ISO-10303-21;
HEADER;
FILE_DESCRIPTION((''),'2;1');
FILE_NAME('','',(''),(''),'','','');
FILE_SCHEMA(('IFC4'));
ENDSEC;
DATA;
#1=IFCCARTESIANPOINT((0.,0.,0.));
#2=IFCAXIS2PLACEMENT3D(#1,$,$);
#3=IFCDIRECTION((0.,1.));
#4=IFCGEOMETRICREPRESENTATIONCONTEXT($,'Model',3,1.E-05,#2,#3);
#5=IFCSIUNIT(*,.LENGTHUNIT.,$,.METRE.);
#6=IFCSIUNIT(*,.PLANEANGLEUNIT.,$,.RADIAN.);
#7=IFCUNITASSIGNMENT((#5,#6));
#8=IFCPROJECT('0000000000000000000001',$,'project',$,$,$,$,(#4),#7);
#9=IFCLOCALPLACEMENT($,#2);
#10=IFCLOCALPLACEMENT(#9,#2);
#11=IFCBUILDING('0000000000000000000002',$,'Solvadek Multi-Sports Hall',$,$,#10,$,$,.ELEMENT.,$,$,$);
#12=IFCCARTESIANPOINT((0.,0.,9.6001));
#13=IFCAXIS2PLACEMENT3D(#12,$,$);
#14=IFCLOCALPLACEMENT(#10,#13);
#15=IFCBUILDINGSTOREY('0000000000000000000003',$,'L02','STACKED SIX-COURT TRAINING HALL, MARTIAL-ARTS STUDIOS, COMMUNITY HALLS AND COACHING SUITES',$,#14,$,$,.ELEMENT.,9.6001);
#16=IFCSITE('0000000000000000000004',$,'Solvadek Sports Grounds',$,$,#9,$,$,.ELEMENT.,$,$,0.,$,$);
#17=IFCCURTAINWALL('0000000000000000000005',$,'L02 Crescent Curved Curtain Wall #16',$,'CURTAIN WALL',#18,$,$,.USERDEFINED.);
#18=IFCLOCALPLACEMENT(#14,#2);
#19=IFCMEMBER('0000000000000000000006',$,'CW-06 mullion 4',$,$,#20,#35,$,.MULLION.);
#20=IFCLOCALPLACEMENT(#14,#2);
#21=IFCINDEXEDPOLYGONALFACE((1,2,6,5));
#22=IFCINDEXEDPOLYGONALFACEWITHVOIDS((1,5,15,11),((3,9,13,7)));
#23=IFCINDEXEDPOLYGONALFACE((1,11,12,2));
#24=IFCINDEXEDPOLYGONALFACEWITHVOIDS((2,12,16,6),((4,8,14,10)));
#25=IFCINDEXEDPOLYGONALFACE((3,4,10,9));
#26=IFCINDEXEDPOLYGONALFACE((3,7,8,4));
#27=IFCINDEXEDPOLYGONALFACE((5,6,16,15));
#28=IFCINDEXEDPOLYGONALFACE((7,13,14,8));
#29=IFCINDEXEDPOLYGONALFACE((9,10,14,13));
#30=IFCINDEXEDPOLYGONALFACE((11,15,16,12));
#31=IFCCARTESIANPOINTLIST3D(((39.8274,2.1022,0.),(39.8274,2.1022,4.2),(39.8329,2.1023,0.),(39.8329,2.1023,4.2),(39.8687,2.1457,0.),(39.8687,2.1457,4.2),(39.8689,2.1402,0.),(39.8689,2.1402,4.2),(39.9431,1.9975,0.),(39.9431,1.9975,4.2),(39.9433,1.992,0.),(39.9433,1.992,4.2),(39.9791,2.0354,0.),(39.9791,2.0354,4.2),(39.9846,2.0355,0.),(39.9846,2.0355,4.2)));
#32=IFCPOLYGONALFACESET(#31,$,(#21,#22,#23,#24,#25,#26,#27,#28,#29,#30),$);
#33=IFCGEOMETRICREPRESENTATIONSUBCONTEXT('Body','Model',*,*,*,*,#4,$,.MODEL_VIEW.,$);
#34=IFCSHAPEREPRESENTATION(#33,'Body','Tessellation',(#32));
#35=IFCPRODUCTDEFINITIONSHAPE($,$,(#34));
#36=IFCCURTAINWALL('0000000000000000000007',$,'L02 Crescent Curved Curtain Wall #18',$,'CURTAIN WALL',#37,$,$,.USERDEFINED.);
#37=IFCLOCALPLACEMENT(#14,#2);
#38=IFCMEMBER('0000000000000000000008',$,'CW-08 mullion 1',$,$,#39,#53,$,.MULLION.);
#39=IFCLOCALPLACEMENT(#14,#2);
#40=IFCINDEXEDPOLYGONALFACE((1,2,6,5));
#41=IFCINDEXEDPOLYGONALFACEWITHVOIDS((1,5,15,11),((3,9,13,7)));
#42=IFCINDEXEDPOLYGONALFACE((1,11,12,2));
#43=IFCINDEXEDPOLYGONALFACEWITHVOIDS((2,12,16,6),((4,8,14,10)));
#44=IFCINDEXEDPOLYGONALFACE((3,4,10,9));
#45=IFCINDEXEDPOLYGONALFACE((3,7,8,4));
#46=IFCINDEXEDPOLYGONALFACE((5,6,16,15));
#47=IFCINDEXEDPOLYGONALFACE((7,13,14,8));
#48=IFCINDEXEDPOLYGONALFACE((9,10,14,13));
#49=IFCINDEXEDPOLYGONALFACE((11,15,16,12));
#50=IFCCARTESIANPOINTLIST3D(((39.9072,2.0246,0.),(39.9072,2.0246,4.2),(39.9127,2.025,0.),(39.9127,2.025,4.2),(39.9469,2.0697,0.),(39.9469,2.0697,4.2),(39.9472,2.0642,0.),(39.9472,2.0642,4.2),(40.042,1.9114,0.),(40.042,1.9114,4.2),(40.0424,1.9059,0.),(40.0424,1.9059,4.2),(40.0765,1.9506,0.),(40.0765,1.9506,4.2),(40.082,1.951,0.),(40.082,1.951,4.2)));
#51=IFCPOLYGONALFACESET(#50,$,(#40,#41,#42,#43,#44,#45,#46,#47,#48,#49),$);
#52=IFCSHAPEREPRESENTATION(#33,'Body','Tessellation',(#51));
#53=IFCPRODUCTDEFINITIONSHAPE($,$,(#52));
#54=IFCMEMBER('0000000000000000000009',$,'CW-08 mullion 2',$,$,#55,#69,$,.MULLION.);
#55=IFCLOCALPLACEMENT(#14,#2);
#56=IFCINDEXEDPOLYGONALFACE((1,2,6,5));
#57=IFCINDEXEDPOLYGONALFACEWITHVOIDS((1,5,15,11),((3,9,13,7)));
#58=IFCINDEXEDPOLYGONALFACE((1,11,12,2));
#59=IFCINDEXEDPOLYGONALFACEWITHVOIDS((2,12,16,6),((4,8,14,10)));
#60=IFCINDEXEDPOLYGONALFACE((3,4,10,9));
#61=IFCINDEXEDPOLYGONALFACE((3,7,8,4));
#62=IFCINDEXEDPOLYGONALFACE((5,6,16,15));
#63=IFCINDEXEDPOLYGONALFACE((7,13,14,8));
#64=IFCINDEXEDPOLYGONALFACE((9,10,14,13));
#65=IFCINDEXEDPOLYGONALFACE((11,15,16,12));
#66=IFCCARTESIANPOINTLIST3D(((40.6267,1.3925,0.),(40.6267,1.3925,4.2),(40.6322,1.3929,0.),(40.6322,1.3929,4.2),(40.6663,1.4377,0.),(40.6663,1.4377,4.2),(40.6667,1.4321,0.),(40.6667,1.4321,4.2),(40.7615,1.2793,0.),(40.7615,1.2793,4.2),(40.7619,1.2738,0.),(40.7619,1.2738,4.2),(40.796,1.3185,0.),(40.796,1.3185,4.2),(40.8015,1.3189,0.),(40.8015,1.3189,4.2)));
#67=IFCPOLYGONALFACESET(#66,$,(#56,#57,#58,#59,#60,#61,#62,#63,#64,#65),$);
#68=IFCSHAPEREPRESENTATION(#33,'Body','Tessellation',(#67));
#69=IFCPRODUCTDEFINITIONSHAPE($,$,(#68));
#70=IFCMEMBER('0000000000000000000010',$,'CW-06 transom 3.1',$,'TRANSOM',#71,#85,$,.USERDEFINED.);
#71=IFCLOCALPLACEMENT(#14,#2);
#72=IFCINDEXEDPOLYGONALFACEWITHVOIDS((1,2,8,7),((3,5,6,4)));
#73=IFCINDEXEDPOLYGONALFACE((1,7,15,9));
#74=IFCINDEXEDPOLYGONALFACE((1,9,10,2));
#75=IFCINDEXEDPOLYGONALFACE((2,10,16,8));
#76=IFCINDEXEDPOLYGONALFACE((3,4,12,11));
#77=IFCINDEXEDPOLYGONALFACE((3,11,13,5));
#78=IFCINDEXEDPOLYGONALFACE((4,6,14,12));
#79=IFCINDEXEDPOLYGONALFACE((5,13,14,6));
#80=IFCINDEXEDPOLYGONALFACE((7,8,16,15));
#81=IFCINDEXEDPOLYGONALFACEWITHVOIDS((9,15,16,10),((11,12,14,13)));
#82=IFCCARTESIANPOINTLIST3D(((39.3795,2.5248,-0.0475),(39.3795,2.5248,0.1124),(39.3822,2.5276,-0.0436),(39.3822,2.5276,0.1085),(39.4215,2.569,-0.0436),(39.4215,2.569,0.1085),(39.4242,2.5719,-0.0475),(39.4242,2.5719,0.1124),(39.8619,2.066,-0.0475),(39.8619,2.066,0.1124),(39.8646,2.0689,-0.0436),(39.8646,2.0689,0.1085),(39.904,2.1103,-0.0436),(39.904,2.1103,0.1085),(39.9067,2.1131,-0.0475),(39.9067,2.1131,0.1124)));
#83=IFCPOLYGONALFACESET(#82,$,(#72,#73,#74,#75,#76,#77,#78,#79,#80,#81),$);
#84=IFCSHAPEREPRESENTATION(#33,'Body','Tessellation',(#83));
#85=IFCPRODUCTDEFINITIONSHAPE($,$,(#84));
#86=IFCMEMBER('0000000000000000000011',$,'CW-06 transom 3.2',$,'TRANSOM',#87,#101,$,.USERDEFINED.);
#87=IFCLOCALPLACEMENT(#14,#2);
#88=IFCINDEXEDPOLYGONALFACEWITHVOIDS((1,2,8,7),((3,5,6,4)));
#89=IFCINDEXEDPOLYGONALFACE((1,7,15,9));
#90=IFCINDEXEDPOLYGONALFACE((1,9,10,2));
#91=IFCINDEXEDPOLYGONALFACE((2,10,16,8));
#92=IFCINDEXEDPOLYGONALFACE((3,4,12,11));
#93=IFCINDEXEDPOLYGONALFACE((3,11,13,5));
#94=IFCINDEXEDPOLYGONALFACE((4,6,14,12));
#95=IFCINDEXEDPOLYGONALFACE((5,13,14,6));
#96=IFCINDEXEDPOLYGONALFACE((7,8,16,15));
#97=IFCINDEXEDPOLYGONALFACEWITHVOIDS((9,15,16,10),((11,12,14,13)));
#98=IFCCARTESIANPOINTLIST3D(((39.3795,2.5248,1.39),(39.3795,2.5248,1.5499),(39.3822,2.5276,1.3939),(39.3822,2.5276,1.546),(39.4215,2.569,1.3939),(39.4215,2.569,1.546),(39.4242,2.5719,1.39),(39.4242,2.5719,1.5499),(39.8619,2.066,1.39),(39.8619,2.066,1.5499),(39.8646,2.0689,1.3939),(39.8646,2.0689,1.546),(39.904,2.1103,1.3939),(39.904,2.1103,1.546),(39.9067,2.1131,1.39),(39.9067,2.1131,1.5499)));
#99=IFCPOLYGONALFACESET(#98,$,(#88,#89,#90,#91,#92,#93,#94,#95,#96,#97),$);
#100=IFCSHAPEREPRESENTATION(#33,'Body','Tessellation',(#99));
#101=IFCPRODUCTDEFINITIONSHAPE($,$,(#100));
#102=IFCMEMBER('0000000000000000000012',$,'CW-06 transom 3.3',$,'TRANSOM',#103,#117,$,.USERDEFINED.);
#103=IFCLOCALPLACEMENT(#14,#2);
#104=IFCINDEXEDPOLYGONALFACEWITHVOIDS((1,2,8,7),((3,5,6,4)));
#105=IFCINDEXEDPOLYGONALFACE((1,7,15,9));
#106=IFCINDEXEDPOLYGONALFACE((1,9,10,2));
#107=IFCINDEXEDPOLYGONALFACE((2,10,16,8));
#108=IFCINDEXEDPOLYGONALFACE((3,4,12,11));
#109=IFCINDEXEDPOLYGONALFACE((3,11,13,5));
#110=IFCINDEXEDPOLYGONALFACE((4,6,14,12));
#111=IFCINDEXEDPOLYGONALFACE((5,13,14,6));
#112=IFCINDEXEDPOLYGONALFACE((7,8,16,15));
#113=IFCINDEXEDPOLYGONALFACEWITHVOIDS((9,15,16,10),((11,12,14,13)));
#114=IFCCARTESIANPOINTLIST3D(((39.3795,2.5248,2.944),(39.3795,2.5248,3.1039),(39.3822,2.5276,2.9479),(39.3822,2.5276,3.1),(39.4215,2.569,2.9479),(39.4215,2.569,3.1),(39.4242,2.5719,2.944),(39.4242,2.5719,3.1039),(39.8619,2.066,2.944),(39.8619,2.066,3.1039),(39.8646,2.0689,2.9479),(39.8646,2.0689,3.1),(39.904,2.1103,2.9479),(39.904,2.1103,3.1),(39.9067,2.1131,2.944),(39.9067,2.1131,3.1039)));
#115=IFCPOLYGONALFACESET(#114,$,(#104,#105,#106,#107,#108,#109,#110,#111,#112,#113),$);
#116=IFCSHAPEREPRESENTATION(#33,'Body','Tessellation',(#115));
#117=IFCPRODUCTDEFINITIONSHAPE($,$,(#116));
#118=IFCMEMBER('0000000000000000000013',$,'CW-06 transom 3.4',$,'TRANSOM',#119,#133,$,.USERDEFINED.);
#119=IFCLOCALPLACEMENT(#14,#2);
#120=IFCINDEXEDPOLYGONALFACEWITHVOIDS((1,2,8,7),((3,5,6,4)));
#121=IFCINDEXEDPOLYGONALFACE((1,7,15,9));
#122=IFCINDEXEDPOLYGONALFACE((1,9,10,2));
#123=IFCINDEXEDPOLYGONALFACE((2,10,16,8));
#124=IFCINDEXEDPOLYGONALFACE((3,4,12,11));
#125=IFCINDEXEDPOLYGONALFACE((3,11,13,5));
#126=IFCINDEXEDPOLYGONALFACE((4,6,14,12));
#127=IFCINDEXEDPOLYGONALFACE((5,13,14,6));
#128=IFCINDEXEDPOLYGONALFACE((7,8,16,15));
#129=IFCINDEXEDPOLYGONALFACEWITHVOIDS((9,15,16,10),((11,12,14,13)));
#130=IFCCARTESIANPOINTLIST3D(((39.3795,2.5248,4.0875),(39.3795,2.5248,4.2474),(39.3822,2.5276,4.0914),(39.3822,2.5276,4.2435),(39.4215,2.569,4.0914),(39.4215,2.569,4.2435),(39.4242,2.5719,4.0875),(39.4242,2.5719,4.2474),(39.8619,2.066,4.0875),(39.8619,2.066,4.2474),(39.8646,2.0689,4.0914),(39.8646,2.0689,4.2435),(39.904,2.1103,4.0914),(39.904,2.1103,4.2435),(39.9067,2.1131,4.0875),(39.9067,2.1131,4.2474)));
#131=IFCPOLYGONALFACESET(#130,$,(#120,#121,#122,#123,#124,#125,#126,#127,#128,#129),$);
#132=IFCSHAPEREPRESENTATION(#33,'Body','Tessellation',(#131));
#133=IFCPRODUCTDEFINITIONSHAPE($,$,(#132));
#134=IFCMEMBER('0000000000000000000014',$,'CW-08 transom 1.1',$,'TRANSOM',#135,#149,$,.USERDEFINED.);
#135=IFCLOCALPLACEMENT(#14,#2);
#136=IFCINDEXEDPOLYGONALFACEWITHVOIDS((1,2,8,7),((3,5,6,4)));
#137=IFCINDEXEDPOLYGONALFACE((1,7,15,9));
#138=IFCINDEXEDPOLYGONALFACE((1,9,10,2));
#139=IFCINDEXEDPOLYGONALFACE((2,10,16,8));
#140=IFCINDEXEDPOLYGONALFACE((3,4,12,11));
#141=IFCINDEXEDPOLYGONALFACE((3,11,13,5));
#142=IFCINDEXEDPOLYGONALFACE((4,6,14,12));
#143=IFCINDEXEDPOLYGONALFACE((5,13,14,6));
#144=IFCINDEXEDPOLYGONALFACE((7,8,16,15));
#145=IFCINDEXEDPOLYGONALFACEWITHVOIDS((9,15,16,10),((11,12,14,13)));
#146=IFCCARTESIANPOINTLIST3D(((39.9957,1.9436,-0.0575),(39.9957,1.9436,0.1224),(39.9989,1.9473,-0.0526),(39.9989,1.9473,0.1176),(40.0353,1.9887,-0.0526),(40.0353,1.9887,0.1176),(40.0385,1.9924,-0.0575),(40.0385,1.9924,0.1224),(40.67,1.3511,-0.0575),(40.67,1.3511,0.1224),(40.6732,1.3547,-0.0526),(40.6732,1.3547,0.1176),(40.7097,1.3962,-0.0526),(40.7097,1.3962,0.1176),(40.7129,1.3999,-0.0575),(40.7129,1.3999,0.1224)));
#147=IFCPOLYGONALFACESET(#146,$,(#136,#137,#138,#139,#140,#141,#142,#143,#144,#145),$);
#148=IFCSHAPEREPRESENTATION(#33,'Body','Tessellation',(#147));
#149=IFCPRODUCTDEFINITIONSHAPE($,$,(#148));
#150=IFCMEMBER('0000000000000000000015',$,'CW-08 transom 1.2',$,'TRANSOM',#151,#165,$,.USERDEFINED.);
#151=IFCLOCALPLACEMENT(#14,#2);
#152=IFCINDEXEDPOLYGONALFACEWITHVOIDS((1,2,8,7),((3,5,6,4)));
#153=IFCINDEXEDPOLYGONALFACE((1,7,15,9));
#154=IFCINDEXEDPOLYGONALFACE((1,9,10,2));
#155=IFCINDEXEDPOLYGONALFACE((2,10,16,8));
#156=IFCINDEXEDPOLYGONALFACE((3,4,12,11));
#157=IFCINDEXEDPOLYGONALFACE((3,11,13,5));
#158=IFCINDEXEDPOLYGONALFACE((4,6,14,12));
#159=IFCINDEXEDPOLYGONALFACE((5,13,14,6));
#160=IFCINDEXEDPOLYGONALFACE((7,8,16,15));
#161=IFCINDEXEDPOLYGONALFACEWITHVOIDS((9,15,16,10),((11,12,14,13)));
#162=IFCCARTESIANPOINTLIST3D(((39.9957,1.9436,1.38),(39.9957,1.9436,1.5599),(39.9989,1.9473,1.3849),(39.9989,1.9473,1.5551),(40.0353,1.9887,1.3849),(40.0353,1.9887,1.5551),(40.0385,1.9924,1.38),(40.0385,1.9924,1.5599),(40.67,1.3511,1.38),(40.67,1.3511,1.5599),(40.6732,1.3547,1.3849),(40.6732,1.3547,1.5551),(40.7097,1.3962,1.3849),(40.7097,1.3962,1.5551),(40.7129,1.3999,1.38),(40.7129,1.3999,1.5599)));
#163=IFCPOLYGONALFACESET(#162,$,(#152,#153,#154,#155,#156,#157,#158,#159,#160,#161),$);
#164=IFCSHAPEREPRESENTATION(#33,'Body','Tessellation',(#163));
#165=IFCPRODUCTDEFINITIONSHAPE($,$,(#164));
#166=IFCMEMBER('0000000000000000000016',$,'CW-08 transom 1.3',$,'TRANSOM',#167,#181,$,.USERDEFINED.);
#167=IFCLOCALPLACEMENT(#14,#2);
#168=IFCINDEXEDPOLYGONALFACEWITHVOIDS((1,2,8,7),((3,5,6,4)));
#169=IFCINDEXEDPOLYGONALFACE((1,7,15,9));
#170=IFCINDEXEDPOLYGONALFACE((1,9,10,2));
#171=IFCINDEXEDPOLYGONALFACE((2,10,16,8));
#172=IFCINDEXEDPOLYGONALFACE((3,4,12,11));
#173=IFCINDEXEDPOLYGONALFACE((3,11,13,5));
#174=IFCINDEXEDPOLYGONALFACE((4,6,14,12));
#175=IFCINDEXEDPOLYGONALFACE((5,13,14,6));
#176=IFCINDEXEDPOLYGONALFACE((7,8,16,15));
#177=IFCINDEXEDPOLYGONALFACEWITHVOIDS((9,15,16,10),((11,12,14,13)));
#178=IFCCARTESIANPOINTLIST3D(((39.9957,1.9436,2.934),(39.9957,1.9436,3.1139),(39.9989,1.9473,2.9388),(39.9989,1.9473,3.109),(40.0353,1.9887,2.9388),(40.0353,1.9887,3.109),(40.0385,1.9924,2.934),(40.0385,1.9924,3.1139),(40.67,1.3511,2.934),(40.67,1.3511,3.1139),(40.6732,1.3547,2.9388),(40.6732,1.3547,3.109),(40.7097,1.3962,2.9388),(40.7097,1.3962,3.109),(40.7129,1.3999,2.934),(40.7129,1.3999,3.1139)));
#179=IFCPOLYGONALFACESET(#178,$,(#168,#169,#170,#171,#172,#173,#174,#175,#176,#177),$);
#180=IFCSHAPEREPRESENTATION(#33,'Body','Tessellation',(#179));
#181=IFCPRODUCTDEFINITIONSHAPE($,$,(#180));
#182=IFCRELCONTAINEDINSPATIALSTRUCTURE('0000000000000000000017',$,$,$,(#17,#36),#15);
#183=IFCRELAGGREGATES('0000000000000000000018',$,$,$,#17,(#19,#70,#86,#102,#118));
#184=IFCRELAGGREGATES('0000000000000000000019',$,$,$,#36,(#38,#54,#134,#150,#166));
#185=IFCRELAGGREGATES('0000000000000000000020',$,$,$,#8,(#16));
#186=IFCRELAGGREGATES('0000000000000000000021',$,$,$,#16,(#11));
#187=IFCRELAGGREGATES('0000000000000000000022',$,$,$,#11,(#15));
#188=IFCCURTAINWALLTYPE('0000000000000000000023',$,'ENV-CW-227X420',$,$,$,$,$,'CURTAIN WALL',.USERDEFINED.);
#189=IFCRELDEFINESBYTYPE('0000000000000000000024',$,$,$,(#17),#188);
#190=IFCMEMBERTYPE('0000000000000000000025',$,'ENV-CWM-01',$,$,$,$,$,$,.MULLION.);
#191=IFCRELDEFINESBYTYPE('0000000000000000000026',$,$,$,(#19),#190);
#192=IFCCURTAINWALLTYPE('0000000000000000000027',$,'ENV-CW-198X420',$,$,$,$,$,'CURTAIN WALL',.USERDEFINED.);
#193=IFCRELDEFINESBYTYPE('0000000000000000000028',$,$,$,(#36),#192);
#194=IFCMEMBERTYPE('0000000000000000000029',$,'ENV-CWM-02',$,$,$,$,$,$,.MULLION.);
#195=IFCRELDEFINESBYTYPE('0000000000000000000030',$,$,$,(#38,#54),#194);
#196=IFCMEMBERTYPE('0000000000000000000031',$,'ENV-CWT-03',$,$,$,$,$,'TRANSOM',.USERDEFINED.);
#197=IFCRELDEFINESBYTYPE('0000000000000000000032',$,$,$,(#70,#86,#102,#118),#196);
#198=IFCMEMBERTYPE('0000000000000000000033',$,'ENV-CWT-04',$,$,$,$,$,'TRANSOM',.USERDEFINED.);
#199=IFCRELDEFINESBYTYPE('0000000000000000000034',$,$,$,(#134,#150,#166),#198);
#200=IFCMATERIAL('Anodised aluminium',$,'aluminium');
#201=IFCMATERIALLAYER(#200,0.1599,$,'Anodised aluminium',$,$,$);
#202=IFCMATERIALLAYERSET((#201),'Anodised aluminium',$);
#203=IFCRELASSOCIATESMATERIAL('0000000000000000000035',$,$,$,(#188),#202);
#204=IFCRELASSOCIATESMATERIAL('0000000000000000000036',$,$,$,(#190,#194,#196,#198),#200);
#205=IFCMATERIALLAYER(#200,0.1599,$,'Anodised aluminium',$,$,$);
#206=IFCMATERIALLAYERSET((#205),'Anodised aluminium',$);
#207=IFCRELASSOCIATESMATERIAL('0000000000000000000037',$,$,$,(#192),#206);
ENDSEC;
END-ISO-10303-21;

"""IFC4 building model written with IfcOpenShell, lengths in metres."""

from ifc_helpers import new_model, si_unit, direction, frame, origin, origin_2d, place, context, subcontext, project, spatial, hollow_rectangle, extrude, material, layer, layer_set, material_profile, profile_set, type_object, element, aggregate, save


model = new_model("IFC4")

# Units and contexts
model_context = context("Model", 3, precision=1e-05, world=origin(), true_north=direction((0.0, 1.0)))
body_context = subcontext(model_context, "Body", "Model", "MODEL_VIEW")
ifc_project = project(units=[si_unit("LENGTHUNIT", "METRE"), si_unit("PLANEANGLEUNIT", "RADIAN")], contexts=[model_context])

# Site, building, storey
site_placement = place(None, origin())
site = spatial("IfcSite", under=ifc_project, at=site_placement, Name="Solvadek Sports Grounds", CompositionType="ELEMENT", RefElevation=0.0)
building_placement = place(site_placement, origin())
building = spatial("IfcBuilding", under=site, at=building_placement, Name="Solvadek Multi-Sports Hall", CompositionType="ELEMENT")
storey_placement = place(building_placement, frame((0.0, 0.0, 9.6001)))
storey = spatial("IfcBuildingStorey", under=building, at=storey_placement, Name="L02", Description="STACKED SIX-COURT TRAINING HALL, MARTIAL-ARTS STUDIOS, COMMUNITY HALLS AND COACHING SUITES", CompositionType="ELEMENT", Elevation=9.6001)

# Curtain wall, member
ifc_material_1 = material(Name="Anodised aluminium", Category="aluminium")
ifc_layer_1 = layer(ifc_material_1, 0.1599, Name="Anodised aluminium")
ifc_layer_set_1 = layer_set([ifc_layer_1], Name="Anodised aluminium")
curtain_wall_type_1 = type_object("IfcCurtainWallType", Name="ENV-CW-227X420", ElementType="CURTAIN WALL", PredefinedType="USERDEFINED", material=ifc_layer_set_1)
curtain_wall_1_placement = place(storey_placement, origin())
curtain_wall_1 = element("IfcCurtainWall", 1, at=curtain_wall_1_placement, inside=storey, type_object=curtain_wall_type_1, Name="L02 Crescent Curved Curtain Wall #16", ObjectType="CURTAIN WALL", PredefinedType="USERDEFINED")
ifc_material_profile_1 = material_profile(ifc_material_1, hollow_rectangle(XDim=0.0601, YDim=0.1599, WallThickness=0.0039, at=origin_2d()), Name="ALU-M 160x60x4")
ifc_profile_set_1 = profile_set([ifc_material_profile_1], Name="Anodised aluminium")
member_type_1 = type_object("IfcMemberType", Name="ENV-CWM-01", PredefinedType="MULLION", material=ifc_profile_set_1)
member_1_placement = place(storey_placement, frame((39.906, 2.0688, 0.0), z_axis=(0.0, 0.0, 1.0), x_axis=(0.688997, 0.724764, 0.0)))
member_1 = element("IfcMember", 2, at=member_1_placement, type_object=member_type_1, Name="CW-06 mullion 4", PredefinedType="MULLION", context=body_context, shape_type="SweptSolid", body=[
    extrude(hollow_rectangle(XDim=0.0601, YDim=0.1599, WallThickness=0.0039, at=origin_2d()), origin(), (0.0, 0.0, 1.0), 4.2),
])

# Curtain wall, members
ifc_layer_2 = layer(ifc_material_1, 0.1599, Name="Anodised aluminium")
ifc_layer_set_2 = layer_set([ifc_layer_2], Name="Anodised aluminium")
curtain_wall_type_2 = type_object("IfcCurtainWallType", Name="ENV-CW-198X420", ElementType="CURTAIN WALL", PredefinedType="USERDEFINED", material=ifc_layer_set_2)
curtain_wall_2_placement = place(storey_placement, origin())
curtain_wall_2 = element("IfcCurtainWall", 3, at=curtain_wall_2_placement, inside=storey, type_object=curtain_wall_type_2, Name="L02 Crescent Curved Curtain Wall #18", ObjectType="CURTAIN WALL", PredefinedType="USERDEFINED")
ifc_material_profile_2 = material_profile(ifc_material_1, hollow_rectangle(XDim=0.0601, YDim=0.1799, WallThickness=0.0039, at=origin_2d()), Name="ALU-M 180x60x4")
ifc_profile_set_2 = profile_set([ifc_material_profile_2], Name="Anodised aluminium")
member_type_2 = type_object("IfcMemberType", Name="ENV-CWM-02", PredefinedType="MULLION", material=ifc_profile_set_2)
member_2_placement = place(storey_placement, frame((39.9946, 1.9878, 0.0), z_axis=(0.0, 0.0, 1.0), x_axis=(0.660055, 0.751217, 0.0)))
member_2 = element("IfcMember", 4, at=member_2_placement, type_object=member_type_2, Name="CW-08 mullion 1", PredefinedType="MULLION", context=body_context, shape_type="SweptSolid", body=[
    extrude(hollow_rectangle(XDim=0.0601, YDim=0.1799, WallThickness=0.0039, at=origin_2d()), origin(), (0.0, 0.0, 1.0), 4.2),
])
member_3_placement = place(storey_placement, frame((40.7141, 1.3557, 0.0), z_axis=(0.0, 0.0, 1.0), x_axis=(0.660055, 0.751217, 0.0)))
member_3 = element("IfcMember", 5, at=member_3_placement, type_object=member_type_2, Name="CW-08 mullion 2", PredefinedType="MULLION", context=body_context, shape_type="SweptSolid", body=[
    extrude(hollow_rectangle(XDim=0.0601, YDim=0.1799, WallThickness=0.0039, at=origin_2d()), origin(), (0.0, 0.0, 1.0), 4.2),
])

# Members
ifc_material_profile_3 = material_profile(ifc_material_1, hollow_rectangle(XDim=0.0649, YDim=0.1599, WallThickness=0.0039, at=origin_2d()), Name="ALU-T 160x65x4")
ifc_profile_set_3 = profile_set([ifc_material_profile_3], Name="Anodised aluminium")
member_type_3 = type_object("IfcMemberType", Name="ENV-CWT-03", ElementType="TRANSOM", PredefinedType="USERDEFINED", material=ifc_profile_set_3)
member_4_placement = place(storey_placement, frame((39.4019, 2.5483, 0.0325), z_axis=(0.72467, -0.689096, 0.0), x_axis=(0.689096, 0.72467, 0.0)))
member_4 = element("IfcMember", 6, at=member_4_placement, type_object=member_type_3, Name="CW-06 transom 3.1", ObjectType="TRANSOM", PredefinedType="USERDEFINED", context=body_context, shape_type="SweptSolid", body=[
    extrude(hollow_rectangle(XDim=0.0649, YDim=0.1599, WallThickness=0.0039, at=origin_2d()), origin(), (0.0, 0.0, 1.0), 0.6658),
])
member_5_placement = place(storey_placement, frame((39.4019, 2.5483, 1.47), z_axis=(0.72467, -0.689096, 0.0), x_axis=(0.689096, 0.72467, 0.0)))
member_5 = element("IfcMember", 7, at=member_5_placement, type_object=member_type_3, Name="CW-06 transom 3.2", ObjectType="TRANSOM", PredefinedType="USERDEFINED", context=body_context, shape_type="SweptSolid", body=[
    extrude(hollow_rectangle(XDim=0.0649, YDim=0.1599, WallThickness=0.0039, at=origin_2d()), origin(), (0.0, 0.0, 1.0), 0.6658),
])
member_6_placement = place(storey_placement, frame((39.4019, 2.5483, 3.0239), z_axis=(0.72467, -0.689096, 0.0), x_axis=(0.689096, 0.72467, 0.0)))
member_6 = element("IfcMember", 8, at=member_6_placement, type_object=member_type_3, Name="CW-06 transom 3.3", ObjectType="TRANSOM", PredefinedType="USERDEFINED", context=body_context, shape_type="SweptSolid", body=[
    extrude(hollow_rectangle(XDim=0.0649, YDim=0.1599, WallThickness=0.0039, at=origin_2d()), origin(), (0.0, 0.0, 1.0), 0.6658),
])
member_7_placement = place(storey_placement, frame((39.4019, 2.5483, 4.1675), z_axis=(0.72467, -0.689096, 0.0), x_axis=(0.689096, 0.72467, 0.0)))
member_7 = element("IfcMember", 9, at=member_7_placement, type_object=member_type_3, Name="CW-06 transom 3.4", ObjectType="TRANSOM", PredefinedType="USERDEFINED", context=body_context, shape_type="SweptSolid", body=[
    extrude(hollow_rectangle(XDim=0.0649, YDim=0.1599, WallThickness=0.0039, at=origin_2d()), origin(), (0.0, 0.0, 1.0), 0.6658),
])
ifc_material_profile_4 = material_profile(ifc_material_1, hollow_rectangle(XDim=0.0649, YDim=0.1799, WallThickness=0.0049, at=origin_2d()), Name="ALU-T 180x65x5")
ifc_profile_set_4 = profile_set([ifc_material_profile_4], Name="Anodised aluminium")
member_type_4 = type_object("IfcMemberType", Name="ENV-CWT-04", ElementType="TRANSOM", PredefinedType="USERDEFINED", material=ifc_profile_set_4)
member_8_placement = place(storey_placement, frame((40.0171, 1.968, 0.0325), z_axis=(0.751194, -0.660082, 0.0), x_axis=(0.660082, 0.751194, 0.0)))
member_8 = element("IfcMember", 10, at=member_8_placement, type_object=member_type_4, Name="CW-08 transom 1.1", ObjectType="TRANSOM", PredefinedType="USERDEFINED", context=body_context, shape_type="SweptSolid", body=[
    extrude(hollow_rectangle(XDim=0.0649, YDim=0.1799, WallThickness=0.0049, at=origin_2d()), origin(), (0.0, 0.0, 1.0), 0.8977),
])
member_9_placement = place(storey_placement, frame((40.0171, 1.968, 1.47), z_axis=(0.751194, -0.660082, 0.0), x_axis=(0.660082, 0.751194, 0.0)))
member_9 = element("IfcMember", 11, at=member_9_placement, type_object=member_type_4, Name="CW-08 transom 1.2", ObjectType="TRANSOM", PredefinedType="USERDEFINED", context=body_context, shape_type="SweptSolid", body=[
    extrude(hollow_rectangle(XDim=0.0649, YDim=0.1799, WallThickness=0.0049, at=origin_2d()), origin(), (0.0, 0.0, 1.0), 0.8977),
])
member_10_placement = place(storey_placement, frame((40.0171, 1.968, 3.0239), z_axis=(0.751194, -0.660082, 0.0), x_axis=(0.660082, 0.751194, 0.0)))
member_10 = element("IfcMember", 12, at=member_10_placement, type_object=member_type_4, Name="CW-08 transom 1.3", ObjectType="TRANSOM", PredefinedType="USERDEFINED", context=body_context, shape_type="SweptSolid", body=[
    extrude(hollow_rectangle(XDim=0.0649, YDim=0.1799, WallThickness=0.0049, at=origin_2d()), origin(), (0.0, 0.0, 1.0), 0.8977),
])

aggregate(curtain_wall_1, [member_1, member_4, member_5, member_6, member_7])
aggregate(curtain_wall_2, [member_2, member_3, member_8, member_9, member_10])

save(model, "model.ifc")
